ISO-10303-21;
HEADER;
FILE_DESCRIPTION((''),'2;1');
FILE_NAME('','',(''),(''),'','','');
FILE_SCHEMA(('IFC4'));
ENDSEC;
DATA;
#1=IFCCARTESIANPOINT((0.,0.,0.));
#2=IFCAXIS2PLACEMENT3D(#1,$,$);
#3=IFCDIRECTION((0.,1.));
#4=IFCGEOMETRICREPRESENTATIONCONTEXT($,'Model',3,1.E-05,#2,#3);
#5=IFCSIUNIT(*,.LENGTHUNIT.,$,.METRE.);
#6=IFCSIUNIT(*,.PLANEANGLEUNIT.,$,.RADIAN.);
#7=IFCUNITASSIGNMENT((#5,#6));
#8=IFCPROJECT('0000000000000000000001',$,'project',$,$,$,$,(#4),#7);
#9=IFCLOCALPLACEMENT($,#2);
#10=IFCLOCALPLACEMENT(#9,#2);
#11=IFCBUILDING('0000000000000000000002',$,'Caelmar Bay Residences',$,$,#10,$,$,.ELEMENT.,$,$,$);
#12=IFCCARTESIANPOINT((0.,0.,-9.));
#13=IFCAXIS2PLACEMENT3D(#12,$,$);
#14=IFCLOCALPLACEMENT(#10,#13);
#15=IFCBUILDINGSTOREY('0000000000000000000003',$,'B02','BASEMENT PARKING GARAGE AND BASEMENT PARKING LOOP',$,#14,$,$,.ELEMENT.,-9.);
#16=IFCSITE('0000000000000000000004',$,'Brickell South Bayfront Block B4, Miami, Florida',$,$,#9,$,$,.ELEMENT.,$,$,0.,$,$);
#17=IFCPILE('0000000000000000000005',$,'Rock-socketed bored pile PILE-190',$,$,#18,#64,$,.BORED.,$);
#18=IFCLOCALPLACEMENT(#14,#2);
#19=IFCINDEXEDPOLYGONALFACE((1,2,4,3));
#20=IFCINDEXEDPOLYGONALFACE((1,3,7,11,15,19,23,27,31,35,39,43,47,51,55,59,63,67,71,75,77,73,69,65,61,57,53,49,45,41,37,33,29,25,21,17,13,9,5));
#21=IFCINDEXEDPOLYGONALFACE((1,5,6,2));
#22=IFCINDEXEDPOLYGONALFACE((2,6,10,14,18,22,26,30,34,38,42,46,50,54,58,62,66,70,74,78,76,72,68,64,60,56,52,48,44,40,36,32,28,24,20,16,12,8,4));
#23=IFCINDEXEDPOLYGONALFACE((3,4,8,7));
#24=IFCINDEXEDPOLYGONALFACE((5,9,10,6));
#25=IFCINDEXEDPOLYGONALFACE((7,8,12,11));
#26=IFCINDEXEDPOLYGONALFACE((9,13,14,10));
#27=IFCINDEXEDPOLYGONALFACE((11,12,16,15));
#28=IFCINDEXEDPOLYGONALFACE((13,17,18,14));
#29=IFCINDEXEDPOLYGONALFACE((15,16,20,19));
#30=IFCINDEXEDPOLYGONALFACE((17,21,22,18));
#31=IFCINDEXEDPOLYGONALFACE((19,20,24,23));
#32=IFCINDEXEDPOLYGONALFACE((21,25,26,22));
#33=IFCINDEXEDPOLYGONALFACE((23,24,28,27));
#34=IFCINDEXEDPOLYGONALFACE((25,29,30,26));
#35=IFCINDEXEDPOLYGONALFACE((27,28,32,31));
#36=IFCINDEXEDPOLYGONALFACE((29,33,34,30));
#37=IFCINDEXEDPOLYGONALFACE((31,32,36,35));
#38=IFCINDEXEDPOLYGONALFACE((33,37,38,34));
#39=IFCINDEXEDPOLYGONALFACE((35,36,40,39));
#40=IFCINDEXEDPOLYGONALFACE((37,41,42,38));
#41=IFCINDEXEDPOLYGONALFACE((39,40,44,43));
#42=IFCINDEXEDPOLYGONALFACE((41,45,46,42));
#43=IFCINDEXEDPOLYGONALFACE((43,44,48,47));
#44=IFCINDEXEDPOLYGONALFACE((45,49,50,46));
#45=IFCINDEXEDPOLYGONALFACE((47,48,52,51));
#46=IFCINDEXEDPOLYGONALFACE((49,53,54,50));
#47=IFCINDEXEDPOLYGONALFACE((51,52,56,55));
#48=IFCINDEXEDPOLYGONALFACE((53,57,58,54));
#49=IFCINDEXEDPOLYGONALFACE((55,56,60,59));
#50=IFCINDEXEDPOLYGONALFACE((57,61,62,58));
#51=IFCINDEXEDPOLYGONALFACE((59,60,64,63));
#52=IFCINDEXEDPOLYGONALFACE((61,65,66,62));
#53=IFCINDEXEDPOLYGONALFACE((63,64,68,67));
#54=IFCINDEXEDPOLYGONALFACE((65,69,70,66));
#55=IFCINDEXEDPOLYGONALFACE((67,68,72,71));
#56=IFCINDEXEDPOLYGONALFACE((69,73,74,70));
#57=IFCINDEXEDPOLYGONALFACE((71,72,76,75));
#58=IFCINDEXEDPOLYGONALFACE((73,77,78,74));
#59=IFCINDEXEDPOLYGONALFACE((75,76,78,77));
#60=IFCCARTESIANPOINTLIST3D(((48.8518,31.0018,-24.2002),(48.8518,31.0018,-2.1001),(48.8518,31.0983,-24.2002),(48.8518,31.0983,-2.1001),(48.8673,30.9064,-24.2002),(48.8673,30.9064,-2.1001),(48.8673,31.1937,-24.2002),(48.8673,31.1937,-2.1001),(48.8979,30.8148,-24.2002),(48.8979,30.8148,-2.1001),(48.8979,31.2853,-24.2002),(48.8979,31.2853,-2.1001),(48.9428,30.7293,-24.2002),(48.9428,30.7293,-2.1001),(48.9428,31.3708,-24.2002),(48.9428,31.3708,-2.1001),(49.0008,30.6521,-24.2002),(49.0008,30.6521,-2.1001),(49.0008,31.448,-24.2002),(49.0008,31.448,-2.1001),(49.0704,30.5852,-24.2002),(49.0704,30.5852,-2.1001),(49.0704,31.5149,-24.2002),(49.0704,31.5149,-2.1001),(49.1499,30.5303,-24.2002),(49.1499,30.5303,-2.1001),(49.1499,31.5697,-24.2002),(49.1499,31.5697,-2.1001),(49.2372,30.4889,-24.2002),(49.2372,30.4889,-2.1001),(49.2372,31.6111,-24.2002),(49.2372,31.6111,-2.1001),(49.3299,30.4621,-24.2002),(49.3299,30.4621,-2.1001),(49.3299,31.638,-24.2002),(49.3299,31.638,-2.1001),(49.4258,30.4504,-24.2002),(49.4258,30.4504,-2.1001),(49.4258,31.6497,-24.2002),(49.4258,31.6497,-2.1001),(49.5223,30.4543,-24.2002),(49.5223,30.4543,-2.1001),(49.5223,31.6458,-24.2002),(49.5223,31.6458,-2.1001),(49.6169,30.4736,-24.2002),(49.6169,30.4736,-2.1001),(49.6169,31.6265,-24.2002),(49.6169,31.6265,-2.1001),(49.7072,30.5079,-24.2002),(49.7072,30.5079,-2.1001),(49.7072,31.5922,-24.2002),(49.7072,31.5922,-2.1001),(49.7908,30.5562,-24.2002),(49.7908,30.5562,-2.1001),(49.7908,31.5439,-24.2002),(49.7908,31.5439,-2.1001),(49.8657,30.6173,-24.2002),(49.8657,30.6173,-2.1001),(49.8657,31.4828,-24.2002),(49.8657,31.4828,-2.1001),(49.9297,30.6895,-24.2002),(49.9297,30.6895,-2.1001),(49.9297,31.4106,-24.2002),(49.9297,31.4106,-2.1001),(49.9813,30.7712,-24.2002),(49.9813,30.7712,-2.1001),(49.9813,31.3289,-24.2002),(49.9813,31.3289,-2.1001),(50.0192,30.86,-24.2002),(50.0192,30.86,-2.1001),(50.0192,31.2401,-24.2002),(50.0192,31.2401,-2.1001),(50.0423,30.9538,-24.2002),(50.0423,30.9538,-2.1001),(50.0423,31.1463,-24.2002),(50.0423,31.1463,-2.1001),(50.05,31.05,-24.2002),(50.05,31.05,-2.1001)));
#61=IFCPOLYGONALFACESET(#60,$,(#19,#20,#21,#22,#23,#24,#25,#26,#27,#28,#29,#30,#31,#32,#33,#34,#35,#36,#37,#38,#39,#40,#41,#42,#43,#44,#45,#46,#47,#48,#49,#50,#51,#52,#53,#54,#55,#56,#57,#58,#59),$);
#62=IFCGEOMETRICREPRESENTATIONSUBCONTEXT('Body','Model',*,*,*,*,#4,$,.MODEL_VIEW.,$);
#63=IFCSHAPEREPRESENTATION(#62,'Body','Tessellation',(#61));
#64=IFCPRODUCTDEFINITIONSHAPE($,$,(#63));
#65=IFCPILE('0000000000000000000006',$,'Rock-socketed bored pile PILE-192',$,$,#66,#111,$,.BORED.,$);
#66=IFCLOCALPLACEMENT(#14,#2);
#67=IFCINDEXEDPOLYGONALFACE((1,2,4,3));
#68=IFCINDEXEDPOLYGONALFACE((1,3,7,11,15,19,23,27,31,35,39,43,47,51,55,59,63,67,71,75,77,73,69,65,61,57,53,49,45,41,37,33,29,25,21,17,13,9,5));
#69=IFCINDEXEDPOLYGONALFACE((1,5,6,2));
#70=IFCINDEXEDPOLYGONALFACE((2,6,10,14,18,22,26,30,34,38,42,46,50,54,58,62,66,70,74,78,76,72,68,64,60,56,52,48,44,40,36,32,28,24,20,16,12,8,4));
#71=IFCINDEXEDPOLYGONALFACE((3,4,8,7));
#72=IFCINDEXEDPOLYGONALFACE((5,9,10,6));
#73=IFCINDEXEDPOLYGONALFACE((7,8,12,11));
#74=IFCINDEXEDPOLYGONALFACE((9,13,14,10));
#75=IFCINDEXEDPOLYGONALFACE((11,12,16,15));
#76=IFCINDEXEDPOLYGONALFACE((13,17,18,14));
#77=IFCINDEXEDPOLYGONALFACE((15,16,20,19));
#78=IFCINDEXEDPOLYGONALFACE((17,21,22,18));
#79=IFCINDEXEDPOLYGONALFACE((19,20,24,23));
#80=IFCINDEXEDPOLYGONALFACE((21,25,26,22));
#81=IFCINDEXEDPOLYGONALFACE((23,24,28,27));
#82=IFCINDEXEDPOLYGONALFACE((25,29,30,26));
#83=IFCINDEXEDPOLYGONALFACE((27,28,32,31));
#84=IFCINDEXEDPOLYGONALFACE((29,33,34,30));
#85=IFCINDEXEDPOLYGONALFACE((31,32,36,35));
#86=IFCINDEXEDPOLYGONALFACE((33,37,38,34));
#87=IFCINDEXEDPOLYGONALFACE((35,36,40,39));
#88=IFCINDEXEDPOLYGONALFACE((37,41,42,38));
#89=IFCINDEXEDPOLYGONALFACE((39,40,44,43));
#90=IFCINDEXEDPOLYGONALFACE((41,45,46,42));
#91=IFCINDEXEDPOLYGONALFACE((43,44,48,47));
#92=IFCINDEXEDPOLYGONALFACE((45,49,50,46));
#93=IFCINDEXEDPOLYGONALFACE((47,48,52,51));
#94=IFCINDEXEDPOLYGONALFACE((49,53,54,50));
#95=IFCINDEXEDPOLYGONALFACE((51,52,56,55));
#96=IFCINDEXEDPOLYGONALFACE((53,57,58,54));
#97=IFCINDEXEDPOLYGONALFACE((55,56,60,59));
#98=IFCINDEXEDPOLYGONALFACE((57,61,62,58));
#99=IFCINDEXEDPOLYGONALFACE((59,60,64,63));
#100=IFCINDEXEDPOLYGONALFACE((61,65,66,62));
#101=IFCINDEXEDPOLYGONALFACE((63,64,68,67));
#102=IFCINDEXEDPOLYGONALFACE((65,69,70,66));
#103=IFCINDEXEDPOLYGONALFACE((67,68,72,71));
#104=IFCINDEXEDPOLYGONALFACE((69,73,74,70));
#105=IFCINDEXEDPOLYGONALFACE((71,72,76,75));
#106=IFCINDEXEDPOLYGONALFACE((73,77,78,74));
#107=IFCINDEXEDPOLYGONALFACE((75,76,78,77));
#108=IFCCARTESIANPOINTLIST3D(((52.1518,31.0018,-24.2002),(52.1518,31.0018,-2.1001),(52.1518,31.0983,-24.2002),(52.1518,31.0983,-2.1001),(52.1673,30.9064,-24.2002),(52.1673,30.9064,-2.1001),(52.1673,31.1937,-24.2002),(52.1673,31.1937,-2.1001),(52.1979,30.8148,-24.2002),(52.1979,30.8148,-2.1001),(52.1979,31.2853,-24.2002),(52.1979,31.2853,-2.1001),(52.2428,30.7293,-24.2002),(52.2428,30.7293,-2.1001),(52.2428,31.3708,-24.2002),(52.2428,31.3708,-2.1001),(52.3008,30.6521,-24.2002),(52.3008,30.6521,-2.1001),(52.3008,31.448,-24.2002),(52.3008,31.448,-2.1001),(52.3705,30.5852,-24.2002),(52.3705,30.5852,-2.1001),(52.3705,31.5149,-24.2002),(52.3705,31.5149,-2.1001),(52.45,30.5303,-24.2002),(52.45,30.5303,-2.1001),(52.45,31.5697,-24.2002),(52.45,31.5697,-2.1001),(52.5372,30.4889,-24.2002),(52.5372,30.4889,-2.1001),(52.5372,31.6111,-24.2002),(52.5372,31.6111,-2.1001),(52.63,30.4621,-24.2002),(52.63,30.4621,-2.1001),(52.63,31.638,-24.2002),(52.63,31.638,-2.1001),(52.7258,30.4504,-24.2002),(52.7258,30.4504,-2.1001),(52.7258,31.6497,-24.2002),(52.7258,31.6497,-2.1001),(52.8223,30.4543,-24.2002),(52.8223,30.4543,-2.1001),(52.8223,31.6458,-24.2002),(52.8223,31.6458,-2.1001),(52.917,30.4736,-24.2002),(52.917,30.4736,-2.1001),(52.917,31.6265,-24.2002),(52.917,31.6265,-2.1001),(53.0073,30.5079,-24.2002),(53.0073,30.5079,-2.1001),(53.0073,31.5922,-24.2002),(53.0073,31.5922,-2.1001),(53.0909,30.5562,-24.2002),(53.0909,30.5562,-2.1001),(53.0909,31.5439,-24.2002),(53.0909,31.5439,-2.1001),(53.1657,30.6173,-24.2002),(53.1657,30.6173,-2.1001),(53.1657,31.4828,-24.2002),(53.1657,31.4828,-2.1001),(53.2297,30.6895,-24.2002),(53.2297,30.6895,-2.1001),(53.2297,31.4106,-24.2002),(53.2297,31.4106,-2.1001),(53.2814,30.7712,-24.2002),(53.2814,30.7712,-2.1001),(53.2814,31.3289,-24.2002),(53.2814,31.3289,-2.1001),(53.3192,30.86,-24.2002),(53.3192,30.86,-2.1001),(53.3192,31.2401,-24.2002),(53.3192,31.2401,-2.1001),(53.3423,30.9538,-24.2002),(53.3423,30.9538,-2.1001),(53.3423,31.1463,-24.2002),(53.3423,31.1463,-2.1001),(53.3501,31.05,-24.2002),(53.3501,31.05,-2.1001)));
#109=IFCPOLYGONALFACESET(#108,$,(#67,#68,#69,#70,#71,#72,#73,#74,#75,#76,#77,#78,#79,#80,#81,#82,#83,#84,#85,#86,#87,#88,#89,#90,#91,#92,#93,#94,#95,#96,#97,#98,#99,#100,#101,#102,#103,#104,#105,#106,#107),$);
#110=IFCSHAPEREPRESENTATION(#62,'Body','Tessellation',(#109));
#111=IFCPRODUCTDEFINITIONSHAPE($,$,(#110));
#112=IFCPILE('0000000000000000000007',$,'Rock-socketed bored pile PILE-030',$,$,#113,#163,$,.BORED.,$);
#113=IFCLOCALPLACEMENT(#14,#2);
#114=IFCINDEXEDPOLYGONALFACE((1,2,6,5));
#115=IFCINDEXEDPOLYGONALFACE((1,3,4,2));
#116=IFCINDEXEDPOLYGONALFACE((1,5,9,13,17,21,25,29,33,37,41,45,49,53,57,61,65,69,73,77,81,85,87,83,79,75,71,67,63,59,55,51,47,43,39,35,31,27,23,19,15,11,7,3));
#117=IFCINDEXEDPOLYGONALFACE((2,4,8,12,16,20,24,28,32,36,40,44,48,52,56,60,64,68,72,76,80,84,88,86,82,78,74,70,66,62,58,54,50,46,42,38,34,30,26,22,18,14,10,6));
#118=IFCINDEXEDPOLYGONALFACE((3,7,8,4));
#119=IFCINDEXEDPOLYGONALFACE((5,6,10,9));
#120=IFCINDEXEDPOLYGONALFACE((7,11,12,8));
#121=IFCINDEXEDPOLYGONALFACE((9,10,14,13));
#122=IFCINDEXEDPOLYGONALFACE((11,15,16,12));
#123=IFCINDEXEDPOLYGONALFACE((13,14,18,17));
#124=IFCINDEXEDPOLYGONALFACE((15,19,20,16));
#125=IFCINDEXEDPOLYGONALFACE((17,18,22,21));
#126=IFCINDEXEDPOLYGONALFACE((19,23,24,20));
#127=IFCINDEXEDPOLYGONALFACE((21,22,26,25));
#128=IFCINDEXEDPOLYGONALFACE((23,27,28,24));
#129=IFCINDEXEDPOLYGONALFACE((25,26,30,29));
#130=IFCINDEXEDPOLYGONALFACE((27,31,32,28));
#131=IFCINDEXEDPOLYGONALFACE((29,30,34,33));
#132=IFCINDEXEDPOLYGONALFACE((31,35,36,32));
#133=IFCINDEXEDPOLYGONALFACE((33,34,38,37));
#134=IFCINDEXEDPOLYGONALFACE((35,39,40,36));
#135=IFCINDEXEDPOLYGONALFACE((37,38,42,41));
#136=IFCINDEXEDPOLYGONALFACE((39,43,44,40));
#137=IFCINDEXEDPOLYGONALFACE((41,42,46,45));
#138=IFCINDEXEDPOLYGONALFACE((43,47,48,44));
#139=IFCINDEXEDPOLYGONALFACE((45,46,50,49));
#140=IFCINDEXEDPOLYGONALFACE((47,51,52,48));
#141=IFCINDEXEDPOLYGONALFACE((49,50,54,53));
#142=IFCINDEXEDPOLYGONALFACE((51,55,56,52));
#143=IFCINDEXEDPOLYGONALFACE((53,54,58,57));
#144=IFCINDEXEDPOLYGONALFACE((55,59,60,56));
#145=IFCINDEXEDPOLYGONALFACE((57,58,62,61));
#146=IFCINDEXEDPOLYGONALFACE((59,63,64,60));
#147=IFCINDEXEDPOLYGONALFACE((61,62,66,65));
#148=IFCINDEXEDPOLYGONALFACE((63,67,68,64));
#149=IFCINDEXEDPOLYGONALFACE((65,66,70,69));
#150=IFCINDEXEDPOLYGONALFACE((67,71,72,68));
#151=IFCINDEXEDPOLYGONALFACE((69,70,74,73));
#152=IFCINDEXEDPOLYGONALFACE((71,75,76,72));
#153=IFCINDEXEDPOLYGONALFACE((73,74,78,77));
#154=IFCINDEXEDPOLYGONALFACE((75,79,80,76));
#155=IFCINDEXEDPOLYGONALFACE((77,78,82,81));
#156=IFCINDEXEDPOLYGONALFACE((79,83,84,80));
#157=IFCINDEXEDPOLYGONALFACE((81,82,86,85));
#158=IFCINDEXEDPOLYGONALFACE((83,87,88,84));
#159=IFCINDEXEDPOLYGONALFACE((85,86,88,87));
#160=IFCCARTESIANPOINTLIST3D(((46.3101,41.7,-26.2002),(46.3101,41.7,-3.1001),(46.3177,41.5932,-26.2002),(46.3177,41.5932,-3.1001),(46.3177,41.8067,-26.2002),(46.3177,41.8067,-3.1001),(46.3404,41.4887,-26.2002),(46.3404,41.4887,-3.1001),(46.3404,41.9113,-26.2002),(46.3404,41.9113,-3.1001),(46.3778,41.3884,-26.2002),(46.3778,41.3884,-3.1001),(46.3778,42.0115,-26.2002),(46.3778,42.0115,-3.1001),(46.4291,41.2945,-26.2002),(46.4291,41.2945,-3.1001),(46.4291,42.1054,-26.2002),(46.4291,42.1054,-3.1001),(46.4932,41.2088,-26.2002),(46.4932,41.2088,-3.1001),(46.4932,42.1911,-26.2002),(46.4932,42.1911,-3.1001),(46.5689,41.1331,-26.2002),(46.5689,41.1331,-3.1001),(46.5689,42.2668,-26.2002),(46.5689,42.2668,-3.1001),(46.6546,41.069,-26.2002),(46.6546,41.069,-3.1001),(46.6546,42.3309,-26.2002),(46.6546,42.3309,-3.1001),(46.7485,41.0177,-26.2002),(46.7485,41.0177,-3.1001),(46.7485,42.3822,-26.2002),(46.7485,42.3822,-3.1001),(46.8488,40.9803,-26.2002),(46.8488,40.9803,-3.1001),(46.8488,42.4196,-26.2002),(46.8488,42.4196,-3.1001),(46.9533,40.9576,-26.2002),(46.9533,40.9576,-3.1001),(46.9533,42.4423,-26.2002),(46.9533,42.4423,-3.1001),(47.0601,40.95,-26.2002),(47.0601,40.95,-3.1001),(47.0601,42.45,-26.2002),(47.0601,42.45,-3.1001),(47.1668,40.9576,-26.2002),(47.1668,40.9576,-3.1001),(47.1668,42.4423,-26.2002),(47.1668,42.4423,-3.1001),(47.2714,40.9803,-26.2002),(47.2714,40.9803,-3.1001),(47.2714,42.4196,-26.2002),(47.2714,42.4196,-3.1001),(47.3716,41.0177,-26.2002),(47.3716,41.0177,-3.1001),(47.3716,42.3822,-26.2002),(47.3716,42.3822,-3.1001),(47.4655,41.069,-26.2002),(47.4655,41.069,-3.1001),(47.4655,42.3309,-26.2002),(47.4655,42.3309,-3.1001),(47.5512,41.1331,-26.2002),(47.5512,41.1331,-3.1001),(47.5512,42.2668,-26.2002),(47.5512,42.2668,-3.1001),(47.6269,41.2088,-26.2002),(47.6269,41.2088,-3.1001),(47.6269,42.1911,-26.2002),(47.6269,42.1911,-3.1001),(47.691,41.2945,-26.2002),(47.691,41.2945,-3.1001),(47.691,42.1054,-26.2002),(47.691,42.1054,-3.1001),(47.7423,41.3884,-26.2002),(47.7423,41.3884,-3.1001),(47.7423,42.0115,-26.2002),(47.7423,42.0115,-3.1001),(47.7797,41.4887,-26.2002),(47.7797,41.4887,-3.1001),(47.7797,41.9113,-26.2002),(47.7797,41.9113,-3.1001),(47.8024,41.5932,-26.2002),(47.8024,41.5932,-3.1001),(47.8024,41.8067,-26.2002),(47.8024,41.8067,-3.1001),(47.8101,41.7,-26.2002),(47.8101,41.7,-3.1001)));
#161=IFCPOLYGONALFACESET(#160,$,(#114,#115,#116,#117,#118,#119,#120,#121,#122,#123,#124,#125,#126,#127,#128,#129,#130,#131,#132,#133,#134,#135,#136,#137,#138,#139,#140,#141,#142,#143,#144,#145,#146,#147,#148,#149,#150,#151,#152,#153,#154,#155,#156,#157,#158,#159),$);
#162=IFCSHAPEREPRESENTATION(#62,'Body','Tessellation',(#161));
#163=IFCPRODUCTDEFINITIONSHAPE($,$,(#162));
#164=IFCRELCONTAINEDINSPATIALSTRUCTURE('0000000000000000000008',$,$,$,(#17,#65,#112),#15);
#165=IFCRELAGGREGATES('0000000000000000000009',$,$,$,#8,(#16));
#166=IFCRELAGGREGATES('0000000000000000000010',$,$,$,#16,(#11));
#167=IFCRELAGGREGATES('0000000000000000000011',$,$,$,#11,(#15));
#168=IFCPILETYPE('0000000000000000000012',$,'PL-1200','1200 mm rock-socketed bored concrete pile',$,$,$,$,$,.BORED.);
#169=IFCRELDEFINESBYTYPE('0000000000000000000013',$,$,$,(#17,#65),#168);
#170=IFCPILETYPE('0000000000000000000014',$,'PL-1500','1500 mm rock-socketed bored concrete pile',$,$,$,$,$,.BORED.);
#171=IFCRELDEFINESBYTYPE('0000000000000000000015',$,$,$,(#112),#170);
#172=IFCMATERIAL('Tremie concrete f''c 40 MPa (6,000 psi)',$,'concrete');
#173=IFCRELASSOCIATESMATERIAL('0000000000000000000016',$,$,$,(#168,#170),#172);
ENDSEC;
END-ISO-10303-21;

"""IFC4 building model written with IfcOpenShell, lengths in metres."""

from ifc_helpers import new_model, si_unit, direction, frame, origin, origin_2d, place, context, subcontext, project, spatial, circle, extrude, material, material_profile, profile_set, type_object, element, save


model = new_model("IFC4")

# Units and contexts
model_context = context("Model", 3, precision=1e-05, world=origin(), true_north=direction((0.0, 1.0)))
body_context = subcontext(model_context, "Body", "Model", "MODEL_VIEW")
ifc_project = project(units=[si_unit("LENGTHUNIT", "METRE"), si_unit("PLANEANGLEUNIT", "RADIAN")], contexts=[model_context])

# Site, building, storey
site_placement = place(None, origin())
site = spatial("IfcSite", under=ifc_project, at=site_placement, Name="Brickell South Bayfront Block B4, Miami, Florida", CompositionType="ELEMENT", RefElevation=0.0)
building_placement = place(site_placement, origin())
building = spatial("IfcBuilding", under=site, at=building_placement, Name="Caelmar Bay Residences", CompositionType="ELEMENT")
storey_placement = place(building_placement, frame((0.0, 0.0, -9.0)))
storey = spatial("IfcBuildingStorey", under=building, at=storey_placement, Name="B02", Description="BASEMENT PARKING GARAGE AND BASEMENT PARKING LOOP", CompositionType="ELEMENT", Elevation=-9.0)

# Piles
ifc_material_1 = material(Name="Tremie concrete f'c 40 MPa (6,000 psi)", Category="concrete")
ifc_material_profile_1 = material_profile(ifc_material_1, circle(Radius=0.6001, at=origin_2d()), Name="PILE-1200D")
ifc_profile_set_1 = profile_set([ifc_material_profile_1], Name="Tremie concrete f'c 40 MPa (6,000 psi)")
pile_type_1 = type_object("IfcPileType", Name="PL-1200", Description="1200 mm rock-socketed bored concrete pile", PredefinedType="BORED", material=ifc_profile_set_1)
for number, where, z_axis, x_axis, name in (
    (1, (49.45, 31.05, -2.1001), (0.0, 0.0, -1.0), (1.0, 0.0, 0.0), "Rock-socketed bored pile PILE-190"),
    (2, (52.75, 31.05, -2.1001), (0.0, 0.0, -1.0), (1.0, 0.0, 0.0), "Rock-socketed bored pile PILE-192"),
):
    element("IfcPile", number, at=place(storey_placement, frame(where, z_axis=z_axis, x_axis=x_axis)), inside=storey, type_object=pile_type_1, Name=name, PredefinedType="BORED", context=body_context, shape_type="SweptSolid", body=[
        extrude(circle(Radius=0.6001, at=origin_2d()), origin(), (0.0, 0.0, 1.0), 22.1001),
    ])
ifc_material_profile_2 = material_profile(ifc_material_1, circle(Radius=0.75, at=origin_2d()), Name="PILE-1500D")
ifc_profile_set_2 = profile_set([ifc_material_profile_2], Name="Tremie concrete f'c 40 MPa (6,000 psi)")
pile_type_2 = type_object("IfcPileType", Name="PL-1500", Description="1500 mm rock-socketed bored concrete pile", PredefinedType="BORED", material=ifc_profile_set_2)
for number, where, z_axis, x_axis, name in (
    (3, (47.0601, 41.7, -3.1001), (0.0, 0.0, -1.0), (1.0, 0.0, 0.0), "Rock-socketed bored pile PILE-030"),
):
    element("IfcPile", number, at=place(storey_placement, frame(where, z_axis=z_axis, x_axis=x_axis)), inside=storey, type_object=pile_type_2, Name=name, PredefinedType="BORED", context=body_context, shape_type="SweptSolid", body=[
        extrude(circle(Radius=0.75, at=origin_2d()), origin(), (0.0, 0.0, 1.0), 23.1001),
    ])

save(model, "model.ifc")
